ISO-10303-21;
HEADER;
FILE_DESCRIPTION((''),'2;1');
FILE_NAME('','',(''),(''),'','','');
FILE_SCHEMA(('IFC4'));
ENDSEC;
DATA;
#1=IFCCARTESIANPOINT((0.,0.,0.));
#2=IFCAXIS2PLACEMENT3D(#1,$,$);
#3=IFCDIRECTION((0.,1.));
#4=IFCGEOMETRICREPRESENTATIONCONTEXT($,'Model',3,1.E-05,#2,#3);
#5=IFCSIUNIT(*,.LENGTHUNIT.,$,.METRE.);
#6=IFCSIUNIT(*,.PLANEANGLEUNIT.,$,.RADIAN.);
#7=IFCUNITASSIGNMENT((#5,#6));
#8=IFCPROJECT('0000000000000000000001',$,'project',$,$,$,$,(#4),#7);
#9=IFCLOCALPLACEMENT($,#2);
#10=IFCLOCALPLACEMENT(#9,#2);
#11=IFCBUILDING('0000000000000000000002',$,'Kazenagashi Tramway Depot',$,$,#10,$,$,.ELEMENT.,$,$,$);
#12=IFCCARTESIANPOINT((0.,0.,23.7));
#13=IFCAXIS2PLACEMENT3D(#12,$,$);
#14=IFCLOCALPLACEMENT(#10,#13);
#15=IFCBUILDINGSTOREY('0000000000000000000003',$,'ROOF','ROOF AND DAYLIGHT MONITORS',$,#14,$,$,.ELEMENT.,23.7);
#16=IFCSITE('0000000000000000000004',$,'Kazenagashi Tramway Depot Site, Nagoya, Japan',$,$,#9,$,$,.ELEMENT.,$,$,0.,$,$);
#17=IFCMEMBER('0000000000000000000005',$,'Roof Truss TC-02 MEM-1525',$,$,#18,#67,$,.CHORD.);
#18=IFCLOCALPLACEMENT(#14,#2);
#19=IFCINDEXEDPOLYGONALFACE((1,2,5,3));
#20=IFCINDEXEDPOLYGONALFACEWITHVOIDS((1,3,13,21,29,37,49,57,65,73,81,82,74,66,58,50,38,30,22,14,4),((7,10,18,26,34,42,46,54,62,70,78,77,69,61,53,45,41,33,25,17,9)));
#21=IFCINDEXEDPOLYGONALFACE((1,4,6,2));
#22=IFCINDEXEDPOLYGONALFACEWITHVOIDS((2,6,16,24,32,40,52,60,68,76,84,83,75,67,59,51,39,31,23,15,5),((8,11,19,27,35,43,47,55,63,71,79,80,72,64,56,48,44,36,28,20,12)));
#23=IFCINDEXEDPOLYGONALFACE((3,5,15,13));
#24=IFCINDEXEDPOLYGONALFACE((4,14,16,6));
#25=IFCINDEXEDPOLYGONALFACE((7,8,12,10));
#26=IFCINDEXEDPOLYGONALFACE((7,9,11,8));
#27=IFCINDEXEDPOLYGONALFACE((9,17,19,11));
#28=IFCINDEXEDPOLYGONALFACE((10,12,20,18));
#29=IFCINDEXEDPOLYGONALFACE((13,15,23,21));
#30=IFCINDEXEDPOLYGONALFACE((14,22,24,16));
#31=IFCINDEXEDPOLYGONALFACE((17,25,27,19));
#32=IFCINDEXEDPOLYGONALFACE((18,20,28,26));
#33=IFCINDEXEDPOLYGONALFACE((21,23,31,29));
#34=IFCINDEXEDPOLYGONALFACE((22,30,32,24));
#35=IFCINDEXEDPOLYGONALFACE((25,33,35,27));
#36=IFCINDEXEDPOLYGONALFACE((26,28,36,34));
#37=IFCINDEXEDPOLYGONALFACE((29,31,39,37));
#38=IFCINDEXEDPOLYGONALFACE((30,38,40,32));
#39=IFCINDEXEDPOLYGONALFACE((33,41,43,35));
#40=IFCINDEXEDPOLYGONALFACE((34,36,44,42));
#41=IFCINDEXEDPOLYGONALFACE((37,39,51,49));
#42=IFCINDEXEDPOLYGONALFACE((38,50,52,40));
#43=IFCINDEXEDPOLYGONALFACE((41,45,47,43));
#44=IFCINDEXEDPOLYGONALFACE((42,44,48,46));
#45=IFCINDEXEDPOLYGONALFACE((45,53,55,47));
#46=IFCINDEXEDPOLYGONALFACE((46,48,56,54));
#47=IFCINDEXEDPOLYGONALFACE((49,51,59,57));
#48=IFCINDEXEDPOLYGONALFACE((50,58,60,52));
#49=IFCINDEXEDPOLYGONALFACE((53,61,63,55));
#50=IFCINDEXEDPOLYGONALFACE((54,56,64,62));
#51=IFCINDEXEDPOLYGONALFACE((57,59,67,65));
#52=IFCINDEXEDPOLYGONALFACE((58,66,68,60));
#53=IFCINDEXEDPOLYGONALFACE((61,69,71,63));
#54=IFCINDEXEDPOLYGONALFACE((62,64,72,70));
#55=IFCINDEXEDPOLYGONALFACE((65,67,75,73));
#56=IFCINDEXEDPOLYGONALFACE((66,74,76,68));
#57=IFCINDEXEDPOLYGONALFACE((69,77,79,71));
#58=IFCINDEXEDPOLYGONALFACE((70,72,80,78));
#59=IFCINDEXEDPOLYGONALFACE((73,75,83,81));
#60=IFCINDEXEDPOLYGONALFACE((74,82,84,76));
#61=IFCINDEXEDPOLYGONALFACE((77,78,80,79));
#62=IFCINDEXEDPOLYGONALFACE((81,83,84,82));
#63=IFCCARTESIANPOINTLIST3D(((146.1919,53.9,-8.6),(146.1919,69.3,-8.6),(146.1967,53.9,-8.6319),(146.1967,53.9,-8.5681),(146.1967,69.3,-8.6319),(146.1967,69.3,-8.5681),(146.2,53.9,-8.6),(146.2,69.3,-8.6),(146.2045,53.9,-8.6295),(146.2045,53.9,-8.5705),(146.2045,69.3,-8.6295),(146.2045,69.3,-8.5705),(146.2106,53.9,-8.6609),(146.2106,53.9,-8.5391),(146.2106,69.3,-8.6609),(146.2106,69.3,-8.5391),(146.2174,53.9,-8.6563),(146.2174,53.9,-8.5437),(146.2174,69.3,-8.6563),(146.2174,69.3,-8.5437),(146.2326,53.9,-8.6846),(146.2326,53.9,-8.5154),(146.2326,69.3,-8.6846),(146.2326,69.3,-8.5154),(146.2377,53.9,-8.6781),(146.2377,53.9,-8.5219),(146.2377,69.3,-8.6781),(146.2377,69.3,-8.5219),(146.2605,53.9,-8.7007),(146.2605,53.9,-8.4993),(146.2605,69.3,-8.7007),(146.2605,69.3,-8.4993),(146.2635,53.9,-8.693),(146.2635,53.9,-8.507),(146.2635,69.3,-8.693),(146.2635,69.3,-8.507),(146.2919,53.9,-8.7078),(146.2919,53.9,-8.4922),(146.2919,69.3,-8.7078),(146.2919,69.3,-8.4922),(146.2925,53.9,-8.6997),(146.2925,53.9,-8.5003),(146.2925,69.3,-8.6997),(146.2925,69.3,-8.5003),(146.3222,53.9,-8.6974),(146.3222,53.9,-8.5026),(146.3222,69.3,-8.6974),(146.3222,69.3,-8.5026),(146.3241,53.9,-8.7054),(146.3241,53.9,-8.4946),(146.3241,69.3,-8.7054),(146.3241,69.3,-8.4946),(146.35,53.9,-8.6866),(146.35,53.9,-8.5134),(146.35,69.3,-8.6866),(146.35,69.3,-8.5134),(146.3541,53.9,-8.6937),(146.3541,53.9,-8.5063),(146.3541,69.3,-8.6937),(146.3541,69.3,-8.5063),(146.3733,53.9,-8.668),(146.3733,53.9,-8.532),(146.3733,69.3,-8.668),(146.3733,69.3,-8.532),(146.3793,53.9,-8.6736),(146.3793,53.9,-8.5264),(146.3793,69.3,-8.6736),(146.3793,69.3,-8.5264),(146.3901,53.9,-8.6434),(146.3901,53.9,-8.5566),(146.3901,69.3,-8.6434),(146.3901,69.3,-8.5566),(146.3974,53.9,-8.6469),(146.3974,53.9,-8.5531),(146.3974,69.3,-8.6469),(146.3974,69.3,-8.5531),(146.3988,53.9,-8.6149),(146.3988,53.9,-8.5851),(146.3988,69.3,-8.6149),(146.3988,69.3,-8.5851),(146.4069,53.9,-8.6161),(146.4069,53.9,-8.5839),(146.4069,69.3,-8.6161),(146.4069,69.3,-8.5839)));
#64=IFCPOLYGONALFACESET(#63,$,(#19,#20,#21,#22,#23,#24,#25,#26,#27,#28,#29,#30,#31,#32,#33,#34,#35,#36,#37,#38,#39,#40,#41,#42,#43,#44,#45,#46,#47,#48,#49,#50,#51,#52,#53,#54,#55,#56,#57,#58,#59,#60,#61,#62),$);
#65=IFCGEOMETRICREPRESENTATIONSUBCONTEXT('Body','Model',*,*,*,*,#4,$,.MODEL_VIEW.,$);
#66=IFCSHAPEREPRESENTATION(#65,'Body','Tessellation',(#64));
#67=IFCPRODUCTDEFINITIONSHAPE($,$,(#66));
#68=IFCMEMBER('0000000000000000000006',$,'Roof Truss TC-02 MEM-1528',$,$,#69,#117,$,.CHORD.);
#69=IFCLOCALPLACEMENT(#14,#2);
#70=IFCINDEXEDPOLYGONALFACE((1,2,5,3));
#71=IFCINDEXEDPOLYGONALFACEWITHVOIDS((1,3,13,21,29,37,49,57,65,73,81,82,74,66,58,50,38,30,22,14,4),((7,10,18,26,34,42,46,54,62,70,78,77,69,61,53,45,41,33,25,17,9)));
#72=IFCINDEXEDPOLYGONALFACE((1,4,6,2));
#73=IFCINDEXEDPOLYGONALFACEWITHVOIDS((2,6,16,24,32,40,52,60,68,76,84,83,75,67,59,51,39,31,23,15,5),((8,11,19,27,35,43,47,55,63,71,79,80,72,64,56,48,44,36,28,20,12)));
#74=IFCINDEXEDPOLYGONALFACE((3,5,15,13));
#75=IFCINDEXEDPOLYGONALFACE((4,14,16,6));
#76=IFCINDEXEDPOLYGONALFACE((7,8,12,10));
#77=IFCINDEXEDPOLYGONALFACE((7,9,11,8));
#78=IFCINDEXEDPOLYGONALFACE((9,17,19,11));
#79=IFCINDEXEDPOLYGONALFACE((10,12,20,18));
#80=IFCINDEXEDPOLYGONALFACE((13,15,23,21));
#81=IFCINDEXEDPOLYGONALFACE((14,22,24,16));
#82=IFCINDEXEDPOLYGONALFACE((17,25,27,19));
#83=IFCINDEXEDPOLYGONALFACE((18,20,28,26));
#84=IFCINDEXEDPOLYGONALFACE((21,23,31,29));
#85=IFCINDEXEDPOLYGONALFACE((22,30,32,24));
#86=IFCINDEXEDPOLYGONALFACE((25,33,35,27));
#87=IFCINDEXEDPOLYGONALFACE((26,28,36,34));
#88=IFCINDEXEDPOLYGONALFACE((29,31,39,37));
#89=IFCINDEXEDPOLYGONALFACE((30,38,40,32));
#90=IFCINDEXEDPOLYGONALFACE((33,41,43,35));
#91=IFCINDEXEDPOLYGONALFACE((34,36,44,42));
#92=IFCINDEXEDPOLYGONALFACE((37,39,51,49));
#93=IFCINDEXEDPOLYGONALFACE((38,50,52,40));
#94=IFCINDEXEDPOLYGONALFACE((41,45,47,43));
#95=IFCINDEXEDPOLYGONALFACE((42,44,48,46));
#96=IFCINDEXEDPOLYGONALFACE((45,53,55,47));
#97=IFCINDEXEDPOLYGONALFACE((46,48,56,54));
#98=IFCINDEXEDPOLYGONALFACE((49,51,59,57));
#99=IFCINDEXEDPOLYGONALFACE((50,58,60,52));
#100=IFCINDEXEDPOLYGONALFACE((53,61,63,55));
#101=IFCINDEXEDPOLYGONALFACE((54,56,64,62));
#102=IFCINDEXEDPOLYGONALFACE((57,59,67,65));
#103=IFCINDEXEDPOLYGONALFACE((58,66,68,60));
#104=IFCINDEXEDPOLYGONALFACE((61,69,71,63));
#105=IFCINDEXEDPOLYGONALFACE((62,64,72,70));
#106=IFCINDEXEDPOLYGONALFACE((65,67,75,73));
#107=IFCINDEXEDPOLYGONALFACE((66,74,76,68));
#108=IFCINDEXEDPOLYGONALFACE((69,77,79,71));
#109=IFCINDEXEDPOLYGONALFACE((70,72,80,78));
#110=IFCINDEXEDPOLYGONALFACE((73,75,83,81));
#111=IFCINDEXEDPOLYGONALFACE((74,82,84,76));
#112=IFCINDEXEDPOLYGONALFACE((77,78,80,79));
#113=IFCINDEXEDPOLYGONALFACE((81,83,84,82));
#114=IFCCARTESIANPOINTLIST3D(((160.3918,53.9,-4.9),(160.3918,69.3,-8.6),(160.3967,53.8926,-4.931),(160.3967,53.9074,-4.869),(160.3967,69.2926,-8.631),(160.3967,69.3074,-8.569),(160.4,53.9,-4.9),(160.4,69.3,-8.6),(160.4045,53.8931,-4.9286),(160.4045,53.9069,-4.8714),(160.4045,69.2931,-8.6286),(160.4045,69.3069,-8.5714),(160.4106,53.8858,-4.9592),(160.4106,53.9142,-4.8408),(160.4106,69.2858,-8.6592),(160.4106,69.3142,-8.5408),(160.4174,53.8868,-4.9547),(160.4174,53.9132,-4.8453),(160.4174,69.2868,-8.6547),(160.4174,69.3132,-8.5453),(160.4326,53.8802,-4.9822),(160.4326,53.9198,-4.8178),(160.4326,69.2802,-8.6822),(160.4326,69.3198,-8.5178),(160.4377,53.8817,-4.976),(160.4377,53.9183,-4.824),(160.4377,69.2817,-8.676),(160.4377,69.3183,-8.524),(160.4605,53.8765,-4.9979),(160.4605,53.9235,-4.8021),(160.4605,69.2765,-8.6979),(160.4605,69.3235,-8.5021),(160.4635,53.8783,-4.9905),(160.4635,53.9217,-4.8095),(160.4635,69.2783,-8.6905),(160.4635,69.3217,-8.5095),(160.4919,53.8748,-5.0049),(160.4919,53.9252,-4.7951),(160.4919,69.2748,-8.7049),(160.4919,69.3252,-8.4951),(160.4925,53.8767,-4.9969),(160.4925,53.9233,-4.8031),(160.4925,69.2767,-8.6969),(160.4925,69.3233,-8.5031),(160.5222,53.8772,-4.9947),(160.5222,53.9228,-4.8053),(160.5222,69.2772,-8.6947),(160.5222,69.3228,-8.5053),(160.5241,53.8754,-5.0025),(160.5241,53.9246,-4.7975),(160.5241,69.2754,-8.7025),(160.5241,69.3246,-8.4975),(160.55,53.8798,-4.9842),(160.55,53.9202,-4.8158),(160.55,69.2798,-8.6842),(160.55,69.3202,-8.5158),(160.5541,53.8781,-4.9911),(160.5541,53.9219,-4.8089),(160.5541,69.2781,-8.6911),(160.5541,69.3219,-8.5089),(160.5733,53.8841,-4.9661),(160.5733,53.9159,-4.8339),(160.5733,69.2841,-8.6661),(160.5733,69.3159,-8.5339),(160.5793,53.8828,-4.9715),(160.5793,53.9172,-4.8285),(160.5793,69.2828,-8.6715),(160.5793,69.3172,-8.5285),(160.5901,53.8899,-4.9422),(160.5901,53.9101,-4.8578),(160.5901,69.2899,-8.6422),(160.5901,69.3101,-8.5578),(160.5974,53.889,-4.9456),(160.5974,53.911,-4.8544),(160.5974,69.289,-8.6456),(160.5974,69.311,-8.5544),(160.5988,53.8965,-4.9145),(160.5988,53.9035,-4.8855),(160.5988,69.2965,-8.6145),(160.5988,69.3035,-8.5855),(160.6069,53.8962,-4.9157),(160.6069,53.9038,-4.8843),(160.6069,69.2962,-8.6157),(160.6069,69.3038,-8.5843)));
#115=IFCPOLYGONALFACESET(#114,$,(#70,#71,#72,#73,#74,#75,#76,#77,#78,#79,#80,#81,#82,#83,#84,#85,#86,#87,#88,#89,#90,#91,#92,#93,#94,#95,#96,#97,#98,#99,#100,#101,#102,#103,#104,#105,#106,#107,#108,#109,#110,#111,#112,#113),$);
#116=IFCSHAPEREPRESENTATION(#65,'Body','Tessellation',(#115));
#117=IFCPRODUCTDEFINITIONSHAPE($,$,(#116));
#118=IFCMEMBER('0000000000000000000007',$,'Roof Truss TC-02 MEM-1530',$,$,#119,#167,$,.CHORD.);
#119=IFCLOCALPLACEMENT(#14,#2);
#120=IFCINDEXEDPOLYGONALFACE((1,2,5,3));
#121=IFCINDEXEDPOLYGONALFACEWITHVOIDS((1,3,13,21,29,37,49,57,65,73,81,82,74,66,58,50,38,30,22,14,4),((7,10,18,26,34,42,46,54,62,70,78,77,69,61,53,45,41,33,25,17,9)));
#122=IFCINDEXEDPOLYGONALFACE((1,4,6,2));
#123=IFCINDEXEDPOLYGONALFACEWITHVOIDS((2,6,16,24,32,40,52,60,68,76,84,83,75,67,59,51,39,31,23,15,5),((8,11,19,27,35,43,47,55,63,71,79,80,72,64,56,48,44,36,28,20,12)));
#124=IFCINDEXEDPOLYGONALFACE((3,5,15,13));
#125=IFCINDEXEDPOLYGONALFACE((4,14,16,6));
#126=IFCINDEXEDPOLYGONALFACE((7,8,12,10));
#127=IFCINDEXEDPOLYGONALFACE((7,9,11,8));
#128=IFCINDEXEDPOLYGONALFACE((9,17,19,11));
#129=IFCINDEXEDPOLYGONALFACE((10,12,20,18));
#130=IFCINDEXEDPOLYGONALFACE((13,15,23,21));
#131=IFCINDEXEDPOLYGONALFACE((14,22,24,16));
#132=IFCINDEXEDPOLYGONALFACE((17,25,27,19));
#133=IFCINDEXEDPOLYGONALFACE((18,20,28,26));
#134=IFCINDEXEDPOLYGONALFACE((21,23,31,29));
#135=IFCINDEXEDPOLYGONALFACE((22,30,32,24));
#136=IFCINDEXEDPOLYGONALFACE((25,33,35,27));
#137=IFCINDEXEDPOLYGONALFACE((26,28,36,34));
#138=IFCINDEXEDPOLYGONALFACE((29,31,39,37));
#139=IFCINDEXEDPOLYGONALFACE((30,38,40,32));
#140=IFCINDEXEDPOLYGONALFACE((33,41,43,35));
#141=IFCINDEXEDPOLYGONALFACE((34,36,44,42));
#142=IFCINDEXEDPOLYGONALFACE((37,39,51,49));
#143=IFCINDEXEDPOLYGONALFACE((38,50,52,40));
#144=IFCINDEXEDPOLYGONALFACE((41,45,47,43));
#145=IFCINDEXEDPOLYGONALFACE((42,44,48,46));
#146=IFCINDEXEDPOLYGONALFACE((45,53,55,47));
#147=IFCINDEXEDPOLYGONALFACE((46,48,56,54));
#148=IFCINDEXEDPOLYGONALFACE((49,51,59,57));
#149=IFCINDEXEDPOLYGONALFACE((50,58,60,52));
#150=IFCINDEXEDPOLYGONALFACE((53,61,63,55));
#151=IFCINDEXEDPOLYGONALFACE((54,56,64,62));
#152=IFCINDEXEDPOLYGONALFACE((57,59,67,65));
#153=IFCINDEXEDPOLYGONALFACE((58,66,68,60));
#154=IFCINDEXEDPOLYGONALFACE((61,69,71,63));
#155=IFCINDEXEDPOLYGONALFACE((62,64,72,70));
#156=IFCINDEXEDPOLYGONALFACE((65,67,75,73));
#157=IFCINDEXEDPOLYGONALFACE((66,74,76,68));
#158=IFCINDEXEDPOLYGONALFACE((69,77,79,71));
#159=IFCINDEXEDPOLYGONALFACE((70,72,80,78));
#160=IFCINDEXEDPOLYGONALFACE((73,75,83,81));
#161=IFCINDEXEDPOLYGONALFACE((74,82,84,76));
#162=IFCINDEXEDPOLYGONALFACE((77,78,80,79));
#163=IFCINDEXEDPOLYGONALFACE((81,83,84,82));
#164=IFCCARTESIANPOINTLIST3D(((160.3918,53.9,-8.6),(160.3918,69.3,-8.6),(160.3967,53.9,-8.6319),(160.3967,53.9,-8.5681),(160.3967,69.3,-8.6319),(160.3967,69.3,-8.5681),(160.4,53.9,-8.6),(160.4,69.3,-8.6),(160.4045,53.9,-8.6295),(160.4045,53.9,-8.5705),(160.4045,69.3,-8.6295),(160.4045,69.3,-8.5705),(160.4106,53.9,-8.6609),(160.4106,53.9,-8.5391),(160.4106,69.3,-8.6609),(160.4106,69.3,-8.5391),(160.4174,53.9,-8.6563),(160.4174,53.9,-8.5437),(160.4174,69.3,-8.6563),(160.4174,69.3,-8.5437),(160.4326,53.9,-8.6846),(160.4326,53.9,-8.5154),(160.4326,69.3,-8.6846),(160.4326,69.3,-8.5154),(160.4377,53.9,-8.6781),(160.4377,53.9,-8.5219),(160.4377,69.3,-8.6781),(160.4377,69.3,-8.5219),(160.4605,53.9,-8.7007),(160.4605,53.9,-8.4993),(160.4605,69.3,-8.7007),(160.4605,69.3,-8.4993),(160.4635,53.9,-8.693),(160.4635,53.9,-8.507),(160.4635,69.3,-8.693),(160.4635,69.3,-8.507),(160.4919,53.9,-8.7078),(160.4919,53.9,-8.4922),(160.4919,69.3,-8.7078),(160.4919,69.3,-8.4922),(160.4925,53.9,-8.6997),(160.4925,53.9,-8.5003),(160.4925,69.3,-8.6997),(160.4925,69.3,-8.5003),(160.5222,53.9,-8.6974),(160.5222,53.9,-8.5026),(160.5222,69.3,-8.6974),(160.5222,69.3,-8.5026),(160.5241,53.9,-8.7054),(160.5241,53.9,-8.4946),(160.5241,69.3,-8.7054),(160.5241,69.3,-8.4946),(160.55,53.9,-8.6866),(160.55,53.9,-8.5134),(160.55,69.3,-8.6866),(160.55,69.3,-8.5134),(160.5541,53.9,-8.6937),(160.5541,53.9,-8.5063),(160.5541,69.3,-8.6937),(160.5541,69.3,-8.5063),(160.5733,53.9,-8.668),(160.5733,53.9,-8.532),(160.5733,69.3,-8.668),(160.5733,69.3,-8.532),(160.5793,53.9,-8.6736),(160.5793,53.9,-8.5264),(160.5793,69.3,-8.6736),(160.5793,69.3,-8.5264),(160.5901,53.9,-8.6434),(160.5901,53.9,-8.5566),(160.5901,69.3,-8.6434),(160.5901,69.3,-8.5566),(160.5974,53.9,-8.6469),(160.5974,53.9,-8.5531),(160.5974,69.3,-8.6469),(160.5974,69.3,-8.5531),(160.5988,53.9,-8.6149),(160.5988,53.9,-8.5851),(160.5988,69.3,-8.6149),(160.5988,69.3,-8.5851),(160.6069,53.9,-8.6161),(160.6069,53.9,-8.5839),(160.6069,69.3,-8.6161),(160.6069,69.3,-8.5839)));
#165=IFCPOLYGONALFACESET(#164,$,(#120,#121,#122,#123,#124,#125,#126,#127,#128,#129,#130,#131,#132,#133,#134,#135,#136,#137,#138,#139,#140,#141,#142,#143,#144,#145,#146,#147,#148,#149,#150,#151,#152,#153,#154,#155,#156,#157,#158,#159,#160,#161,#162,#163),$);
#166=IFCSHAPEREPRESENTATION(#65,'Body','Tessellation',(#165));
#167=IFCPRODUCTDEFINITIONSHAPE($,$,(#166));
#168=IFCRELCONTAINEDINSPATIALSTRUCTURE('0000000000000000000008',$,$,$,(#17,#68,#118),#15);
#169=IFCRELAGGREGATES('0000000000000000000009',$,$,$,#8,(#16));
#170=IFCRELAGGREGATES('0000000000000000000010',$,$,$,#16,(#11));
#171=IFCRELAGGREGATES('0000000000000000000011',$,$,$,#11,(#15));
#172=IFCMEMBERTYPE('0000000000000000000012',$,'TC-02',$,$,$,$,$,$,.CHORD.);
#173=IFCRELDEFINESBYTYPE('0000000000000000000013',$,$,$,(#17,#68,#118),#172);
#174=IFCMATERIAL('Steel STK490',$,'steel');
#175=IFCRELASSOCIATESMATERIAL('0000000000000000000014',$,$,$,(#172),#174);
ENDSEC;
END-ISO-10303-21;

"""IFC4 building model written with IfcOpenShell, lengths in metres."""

from ifc_helpers import new_model, si_unit, direction, frame, origin, origin_2d, place, context, subcontext, project, spatial, hollow_circle, extrude, material, material_profile, profile_set, type_object, element, save


model = new_model("IFC4")

# Units and contexts
model_context = context("Model", 3, precision=1e-05, world=origin(), true_north=direction((0.0, 1.0)))
body_context = subcontext(model_context, "Body", "Model", "MODEL_VIEW")
ifc_project = project(units=[si_unit("LENGTHUNIT", "METRE"), si_unit("PLANEANGLEUNIT", "RADIAN")], contexts=[model_context])

# Site, building, storey
site_placement = place(None, origin())
site = spatial("IfcSite", under=ifc_project, at=site_placement, Name="Kazenagashi Tramway Depot Site, Nagoya, Japan", CompositionType="ELEMENT", RefElevation=0.0)
building_placement = place(site_placement, origin())
building = spatial("IfcBuilding", under=site, at=building_placement, Name="Kazenagashi Tramway Depot", CompositionType="ELEMENT")
storey_placement = place(building_placement, frame((0.0, 0.0, 23.7)))
storey = spatial("IfcBuildingStorey", under=building, at=storey_placement, Name="ROOF", Description="ROOF AND DAYLIGHT MONITORS", CompositionType="ELEMENT", Elevation=23.7)

# Members
ifc_material_1 = material(Name="Steel STK490", Category="steel")
ifc_material_profile_1 = material_profile(ifc_material_1, hollow_circle(Radius=0.1081, WallThickness=0.0082, at=origin_2d()), Name="CHS-216.3x8.2")
ifc_profile_set_1 = profile_set([ifc_material_profile_1], Name="Steel STK490")
member_type_1 = type_object("IfcMemberType", Name="TC-02", PredefinedType="CHORD", material=ifc_profile_set_1)
member_1_placement = place(storey_placement, frame((146.3, 53.9, -8.6), z_axis=(0.0, 1.0, 0.0), x_axis=(-1.0, 0.0, 0.0)))
element("IfcMember", 1, at=member_1_placement, inside=storey, type_object=member_type_1, Name="Roof Truss TC-02 MEM-1525", PredefinedType="CHORD", context=body_context, shape_type="SweptSolid", body=[
    extrude(hollow_circle(Radius=0.1081, WallThickness=0.0082, at=origin_2d()), origin(), (0.0, 0.0, 1.0), 15.4),
])
member_2_placement = place(storey_placement, frame((160.5, 53.9, -4.9), z_axis=(0.0, 0.97233, -0.233612), x_axis=(-1.0, 0.0, 0.0)))
element("IfcMember", 2, at=member_2_placement, inside=storey, type_object=member_type_1, Name="Roof Truss TC-02 MEM-1528", PredefinedType="CHORD", context=body_context, shape_type="SweptSolid", body=[
    extrude(hollow_circle(Radius=0.1081, WallThickness=0.0082, at=origin_2d()), origin(), (0.0, 0.0, 1.0), 15.8382),
])
member_3_placement = place(storey_placement, frame((160.5, 53.9, -8.6), z_axis=(0.0, 1.0, 0.0), x_axis=(-1.0, 0.0, 0.0)))
element("IfcMember", 3, at=member_3_placement, inside=storey, type_object=member_type_1, Name="Roof Truss TC-02 MEM-1530", PredefinedType="CHORD", context=body_context, shape_type="SweptSolid", body=[
    extrude(hollow_circle(Radius=0.1081, WallThickness=0.0082, at=origin_2d()), origin(), (0.0, 0.0, 1.0), 15.4),
])

save(model, "model.ifc")
